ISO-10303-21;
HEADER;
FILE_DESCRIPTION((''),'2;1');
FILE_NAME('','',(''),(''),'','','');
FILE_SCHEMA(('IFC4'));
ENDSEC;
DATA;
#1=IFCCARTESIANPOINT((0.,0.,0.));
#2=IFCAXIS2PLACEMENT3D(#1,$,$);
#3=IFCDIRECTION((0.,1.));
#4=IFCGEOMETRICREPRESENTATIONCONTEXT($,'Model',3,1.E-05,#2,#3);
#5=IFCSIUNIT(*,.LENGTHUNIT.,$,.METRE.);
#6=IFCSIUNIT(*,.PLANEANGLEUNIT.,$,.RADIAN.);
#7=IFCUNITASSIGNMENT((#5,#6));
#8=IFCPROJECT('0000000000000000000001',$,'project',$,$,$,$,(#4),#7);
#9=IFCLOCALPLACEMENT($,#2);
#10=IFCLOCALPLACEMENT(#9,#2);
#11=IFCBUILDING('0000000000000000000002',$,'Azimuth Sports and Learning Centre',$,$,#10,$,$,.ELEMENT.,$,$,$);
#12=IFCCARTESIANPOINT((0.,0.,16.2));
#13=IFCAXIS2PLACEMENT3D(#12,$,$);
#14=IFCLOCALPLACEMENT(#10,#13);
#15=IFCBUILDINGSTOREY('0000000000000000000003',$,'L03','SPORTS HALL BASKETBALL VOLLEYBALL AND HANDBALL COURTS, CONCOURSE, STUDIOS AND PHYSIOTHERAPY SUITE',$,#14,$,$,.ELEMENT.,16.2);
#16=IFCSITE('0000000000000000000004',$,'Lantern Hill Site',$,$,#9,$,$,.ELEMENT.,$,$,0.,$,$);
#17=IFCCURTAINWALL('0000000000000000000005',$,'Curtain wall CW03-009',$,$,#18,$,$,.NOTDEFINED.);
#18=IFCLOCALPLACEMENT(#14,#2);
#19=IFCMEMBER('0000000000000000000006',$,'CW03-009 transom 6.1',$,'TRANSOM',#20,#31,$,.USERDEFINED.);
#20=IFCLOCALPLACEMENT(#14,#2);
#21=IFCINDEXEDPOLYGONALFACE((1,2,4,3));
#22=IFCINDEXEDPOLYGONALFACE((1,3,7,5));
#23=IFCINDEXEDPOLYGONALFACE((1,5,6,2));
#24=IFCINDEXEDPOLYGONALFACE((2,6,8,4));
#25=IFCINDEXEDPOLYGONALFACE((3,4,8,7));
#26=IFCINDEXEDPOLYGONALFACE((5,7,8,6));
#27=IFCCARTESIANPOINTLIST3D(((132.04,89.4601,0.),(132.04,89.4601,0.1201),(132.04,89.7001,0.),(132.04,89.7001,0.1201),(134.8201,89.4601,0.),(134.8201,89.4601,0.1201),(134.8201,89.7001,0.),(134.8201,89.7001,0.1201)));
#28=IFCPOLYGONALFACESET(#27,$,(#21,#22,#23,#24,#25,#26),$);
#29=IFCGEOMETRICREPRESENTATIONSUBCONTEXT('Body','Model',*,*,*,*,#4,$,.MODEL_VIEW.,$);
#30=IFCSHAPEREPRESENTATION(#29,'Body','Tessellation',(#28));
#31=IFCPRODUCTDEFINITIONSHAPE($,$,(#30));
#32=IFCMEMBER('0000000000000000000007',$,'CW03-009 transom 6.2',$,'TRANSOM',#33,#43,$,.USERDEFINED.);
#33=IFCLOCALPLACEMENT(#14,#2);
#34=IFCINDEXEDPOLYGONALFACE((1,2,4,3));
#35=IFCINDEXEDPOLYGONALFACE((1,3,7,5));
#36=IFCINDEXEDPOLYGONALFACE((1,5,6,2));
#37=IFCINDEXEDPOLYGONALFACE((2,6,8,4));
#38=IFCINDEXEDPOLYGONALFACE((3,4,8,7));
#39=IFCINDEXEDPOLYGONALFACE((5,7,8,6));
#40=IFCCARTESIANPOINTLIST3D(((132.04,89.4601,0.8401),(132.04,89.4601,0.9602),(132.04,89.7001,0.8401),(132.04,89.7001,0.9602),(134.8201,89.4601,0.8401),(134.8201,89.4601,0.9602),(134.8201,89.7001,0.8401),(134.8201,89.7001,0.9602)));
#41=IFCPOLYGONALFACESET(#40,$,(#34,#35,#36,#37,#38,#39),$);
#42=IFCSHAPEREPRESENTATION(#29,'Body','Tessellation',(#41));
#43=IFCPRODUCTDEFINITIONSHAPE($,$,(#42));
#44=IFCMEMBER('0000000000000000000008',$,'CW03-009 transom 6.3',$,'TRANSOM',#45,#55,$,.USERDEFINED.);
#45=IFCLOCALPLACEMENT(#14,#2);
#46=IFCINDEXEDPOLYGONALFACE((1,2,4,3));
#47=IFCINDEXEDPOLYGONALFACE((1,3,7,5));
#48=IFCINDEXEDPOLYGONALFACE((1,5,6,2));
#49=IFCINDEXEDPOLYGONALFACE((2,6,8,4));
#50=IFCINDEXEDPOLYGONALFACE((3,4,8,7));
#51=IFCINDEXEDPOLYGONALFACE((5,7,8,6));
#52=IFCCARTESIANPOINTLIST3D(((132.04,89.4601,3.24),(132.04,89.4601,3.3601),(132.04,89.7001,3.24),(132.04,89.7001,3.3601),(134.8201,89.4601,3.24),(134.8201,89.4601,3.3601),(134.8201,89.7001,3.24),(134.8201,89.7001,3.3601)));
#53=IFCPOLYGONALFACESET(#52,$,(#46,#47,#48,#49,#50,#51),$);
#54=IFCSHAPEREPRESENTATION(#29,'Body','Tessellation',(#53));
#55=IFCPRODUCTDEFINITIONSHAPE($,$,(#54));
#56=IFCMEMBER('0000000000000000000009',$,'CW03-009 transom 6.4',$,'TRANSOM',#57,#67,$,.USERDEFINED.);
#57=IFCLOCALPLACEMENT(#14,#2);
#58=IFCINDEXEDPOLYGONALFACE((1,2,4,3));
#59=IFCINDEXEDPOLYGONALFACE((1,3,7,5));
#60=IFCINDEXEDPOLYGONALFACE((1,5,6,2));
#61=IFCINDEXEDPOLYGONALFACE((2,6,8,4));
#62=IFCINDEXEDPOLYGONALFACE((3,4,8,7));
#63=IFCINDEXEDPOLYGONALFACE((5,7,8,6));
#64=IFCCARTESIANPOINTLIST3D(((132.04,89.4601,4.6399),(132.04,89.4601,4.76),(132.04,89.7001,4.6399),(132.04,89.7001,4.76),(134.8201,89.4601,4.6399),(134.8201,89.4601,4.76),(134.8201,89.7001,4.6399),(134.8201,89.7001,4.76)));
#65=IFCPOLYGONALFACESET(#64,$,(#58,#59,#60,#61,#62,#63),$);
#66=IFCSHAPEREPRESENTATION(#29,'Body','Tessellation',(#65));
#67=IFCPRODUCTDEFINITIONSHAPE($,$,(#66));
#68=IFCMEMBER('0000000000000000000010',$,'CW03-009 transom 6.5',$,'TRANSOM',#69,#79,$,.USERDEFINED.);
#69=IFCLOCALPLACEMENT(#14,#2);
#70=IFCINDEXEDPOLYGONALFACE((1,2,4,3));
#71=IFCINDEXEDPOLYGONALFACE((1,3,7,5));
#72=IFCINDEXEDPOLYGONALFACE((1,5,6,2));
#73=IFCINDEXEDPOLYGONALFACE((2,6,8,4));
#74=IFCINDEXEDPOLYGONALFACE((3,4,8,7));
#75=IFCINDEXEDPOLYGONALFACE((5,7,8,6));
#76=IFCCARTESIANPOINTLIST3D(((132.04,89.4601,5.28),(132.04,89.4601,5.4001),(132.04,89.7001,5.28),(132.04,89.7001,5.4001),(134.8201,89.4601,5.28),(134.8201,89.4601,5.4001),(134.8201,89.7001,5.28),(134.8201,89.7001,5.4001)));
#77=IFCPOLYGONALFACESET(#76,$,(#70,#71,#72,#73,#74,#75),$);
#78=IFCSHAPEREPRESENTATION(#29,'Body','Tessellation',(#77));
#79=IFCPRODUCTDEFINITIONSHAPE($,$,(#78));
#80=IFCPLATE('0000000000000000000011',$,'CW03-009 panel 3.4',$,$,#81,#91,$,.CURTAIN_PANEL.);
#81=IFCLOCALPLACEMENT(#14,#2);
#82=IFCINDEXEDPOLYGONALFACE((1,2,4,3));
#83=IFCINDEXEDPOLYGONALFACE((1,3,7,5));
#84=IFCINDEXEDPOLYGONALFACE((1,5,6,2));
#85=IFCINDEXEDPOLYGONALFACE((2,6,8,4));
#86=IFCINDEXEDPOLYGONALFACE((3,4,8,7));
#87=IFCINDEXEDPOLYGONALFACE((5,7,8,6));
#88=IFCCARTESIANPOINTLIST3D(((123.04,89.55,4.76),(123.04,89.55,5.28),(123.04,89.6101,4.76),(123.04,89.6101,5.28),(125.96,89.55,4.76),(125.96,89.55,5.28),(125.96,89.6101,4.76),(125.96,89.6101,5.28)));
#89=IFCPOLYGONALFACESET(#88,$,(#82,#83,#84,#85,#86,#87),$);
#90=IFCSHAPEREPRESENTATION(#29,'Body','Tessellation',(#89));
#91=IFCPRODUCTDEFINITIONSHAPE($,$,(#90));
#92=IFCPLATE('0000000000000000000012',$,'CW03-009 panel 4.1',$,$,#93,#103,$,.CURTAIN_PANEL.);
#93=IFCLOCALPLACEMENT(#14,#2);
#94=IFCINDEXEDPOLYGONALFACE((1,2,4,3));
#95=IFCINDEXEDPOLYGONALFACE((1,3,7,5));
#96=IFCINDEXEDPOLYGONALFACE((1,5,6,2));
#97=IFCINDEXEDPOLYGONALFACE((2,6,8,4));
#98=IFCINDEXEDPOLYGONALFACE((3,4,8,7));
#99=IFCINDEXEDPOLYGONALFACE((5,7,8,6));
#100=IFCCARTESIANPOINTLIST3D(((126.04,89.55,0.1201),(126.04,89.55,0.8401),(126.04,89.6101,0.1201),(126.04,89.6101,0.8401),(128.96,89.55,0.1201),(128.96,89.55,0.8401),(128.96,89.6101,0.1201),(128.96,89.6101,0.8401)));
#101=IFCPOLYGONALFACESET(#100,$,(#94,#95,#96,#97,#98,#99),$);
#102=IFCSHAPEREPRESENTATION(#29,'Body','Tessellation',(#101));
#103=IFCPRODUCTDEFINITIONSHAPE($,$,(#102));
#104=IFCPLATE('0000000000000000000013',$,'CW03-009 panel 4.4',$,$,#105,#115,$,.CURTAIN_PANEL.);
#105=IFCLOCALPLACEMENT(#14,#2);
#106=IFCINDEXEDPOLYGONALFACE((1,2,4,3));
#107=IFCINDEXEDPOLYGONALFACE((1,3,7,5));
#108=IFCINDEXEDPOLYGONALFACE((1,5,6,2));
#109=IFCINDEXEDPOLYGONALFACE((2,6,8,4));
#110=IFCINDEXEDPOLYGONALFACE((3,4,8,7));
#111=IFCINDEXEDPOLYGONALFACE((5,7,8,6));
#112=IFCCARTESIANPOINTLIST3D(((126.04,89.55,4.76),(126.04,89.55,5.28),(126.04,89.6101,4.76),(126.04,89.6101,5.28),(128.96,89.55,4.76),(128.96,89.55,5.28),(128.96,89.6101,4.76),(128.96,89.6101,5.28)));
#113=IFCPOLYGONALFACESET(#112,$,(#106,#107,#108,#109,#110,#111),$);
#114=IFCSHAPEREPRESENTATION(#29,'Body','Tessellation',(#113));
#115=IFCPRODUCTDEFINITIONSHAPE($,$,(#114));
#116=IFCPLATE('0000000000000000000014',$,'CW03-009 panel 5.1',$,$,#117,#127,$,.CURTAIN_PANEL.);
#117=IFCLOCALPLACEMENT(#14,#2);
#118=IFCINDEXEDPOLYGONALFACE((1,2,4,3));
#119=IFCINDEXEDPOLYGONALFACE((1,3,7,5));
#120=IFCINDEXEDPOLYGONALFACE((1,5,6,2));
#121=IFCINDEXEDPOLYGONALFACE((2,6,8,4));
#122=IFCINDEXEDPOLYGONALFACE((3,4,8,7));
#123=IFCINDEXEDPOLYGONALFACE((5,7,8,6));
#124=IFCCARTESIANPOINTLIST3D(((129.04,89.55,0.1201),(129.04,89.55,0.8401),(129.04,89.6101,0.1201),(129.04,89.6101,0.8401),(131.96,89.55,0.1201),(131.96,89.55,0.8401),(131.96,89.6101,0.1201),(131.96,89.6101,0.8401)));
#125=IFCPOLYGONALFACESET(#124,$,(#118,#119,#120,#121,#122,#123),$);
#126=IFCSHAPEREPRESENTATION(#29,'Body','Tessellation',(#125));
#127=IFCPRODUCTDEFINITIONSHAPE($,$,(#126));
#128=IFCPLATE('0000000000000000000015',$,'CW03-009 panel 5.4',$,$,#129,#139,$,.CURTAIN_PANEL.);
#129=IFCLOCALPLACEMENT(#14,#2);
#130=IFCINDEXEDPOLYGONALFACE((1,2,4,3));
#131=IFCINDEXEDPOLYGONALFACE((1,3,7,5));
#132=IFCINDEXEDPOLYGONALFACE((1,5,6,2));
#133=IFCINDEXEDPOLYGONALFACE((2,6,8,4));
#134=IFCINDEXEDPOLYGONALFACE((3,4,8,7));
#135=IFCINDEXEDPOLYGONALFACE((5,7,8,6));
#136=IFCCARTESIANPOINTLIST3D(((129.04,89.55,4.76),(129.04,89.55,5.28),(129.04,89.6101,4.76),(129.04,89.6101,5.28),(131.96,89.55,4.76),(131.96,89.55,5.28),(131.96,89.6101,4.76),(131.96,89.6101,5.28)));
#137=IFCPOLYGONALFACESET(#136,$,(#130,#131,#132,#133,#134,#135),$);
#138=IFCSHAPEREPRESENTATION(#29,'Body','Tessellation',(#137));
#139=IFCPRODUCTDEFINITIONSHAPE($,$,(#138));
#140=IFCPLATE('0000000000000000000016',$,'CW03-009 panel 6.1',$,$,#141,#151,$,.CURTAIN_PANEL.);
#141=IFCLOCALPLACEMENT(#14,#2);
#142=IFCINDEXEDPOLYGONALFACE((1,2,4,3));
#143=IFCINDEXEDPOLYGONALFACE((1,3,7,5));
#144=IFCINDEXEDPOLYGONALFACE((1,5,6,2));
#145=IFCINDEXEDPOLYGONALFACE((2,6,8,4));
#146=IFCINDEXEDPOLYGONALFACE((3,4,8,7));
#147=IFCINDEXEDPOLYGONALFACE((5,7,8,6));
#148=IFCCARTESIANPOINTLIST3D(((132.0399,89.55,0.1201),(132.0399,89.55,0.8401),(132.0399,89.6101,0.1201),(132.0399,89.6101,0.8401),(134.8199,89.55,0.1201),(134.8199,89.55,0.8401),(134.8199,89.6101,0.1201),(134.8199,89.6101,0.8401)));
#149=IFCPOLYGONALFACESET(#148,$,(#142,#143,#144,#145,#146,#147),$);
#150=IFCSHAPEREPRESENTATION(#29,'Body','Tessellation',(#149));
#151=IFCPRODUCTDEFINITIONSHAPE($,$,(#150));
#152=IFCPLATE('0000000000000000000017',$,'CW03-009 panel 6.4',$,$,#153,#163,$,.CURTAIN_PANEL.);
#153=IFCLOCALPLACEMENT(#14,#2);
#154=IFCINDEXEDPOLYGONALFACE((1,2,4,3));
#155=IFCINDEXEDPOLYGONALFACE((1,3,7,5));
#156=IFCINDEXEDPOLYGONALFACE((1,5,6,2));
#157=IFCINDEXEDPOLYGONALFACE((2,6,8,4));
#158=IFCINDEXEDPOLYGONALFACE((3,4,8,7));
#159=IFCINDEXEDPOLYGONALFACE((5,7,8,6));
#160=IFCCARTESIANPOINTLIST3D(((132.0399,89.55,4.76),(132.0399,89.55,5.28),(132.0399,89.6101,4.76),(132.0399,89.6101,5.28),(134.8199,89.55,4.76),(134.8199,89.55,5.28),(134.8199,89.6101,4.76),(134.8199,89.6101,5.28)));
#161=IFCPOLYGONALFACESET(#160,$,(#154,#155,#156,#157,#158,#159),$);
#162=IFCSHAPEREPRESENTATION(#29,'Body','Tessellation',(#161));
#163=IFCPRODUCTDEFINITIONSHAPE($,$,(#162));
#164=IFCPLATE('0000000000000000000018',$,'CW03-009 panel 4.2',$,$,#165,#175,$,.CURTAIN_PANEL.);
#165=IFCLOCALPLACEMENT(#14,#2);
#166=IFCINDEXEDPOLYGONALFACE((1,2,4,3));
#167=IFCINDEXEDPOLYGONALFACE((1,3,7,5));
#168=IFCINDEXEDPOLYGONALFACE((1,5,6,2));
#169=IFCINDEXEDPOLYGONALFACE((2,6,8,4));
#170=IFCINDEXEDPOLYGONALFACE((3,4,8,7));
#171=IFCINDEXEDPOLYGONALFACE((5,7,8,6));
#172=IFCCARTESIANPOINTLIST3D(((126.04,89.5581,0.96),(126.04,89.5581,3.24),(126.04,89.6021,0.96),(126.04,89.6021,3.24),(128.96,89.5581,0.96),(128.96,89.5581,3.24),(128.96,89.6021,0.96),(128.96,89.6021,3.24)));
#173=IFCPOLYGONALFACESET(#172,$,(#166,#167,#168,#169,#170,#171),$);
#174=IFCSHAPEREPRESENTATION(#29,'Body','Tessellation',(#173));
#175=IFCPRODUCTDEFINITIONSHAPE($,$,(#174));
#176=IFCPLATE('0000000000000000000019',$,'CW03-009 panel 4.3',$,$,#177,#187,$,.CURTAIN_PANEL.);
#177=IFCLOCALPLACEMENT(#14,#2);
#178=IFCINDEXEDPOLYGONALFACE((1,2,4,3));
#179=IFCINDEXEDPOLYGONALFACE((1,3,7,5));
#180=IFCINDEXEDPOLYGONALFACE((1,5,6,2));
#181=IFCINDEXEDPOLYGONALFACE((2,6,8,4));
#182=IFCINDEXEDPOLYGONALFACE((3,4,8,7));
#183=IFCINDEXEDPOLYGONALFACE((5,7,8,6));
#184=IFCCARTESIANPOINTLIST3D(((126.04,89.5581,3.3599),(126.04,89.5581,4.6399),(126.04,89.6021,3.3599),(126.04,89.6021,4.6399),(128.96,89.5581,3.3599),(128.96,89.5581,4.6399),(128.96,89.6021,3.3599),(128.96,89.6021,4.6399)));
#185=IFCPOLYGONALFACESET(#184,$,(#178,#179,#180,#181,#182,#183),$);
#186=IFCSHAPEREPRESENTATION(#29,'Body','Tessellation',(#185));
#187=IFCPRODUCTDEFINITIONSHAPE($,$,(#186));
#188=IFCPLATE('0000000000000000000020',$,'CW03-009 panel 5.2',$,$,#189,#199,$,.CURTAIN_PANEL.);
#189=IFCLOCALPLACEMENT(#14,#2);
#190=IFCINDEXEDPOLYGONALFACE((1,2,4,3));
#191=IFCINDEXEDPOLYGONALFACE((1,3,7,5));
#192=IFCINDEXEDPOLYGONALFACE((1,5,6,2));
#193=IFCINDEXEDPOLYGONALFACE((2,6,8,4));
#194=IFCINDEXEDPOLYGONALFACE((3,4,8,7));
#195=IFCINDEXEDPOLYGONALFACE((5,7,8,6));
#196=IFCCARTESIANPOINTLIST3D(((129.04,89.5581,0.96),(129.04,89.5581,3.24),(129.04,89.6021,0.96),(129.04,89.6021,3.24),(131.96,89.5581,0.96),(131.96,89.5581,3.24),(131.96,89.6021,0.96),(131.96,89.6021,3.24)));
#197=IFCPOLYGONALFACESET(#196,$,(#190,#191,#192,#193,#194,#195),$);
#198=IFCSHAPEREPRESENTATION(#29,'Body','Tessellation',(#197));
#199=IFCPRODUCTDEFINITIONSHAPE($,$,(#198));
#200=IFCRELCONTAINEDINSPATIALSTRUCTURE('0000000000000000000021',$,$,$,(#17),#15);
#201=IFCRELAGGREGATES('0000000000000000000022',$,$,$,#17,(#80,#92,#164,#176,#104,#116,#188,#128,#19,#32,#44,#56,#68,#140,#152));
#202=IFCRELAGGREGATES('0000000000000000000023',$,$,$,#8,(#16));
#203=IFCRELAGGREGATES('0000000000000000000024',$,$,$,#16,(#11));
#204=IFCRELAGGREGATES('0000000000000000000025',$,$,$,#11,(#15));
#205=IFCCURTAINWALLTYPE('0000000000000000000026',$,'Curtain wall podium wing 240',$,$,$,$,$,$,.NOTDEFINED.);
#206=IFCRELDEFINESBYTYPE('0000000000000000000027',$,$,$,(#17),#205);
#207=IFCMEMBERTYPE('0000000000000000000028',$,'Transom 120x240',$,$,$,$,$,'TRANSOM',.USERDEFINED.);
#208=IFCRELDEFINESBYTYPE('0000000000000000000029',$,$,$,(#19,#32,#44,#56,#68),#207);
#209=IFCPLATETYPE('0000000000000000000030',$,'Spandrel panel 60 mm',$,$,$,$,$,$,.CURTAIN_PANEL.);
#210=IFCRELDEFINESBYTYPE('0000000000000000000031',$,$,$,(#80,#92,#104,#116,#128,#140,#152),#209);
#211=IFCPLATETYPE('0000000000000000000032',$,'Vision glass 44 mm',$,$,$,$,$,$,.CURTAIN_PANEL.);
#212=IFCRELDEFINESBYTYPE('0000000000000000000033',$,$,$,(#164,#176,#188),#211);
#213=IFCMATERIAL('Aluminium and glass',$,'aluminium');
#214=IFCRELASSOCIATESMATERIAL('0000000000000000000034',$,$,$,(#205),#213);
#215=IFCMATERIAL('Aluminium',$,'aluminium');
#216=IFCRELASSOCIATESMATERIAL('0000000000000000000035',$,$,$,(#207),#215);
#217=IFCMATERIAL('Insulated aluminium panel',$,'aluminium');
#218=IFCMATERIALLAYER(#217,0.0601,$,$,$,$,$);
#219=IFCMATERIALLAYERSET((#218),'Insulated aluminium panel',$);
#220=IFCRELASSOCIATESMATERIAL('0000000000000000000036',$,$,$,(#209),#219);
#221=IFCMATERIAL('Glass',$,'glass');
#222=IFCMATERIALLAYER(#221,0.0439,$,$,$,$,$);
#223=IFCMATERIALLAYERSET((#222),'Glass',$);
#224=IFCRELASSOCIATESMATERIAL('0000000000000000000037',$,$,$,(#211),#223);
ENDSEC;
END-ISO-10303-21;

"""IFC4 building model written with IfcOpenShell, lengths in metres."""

from ifc_helpers import new_model, si_unit, direction, frame, origin, origin_2d, place, context, subcontext, project, spatial, rectangle, extrude, material, layer, layer_set, material_profile, profile_set, type_object, element, aggregate, save


model = new_model("IFC4")

# Units and contexts
model_context = context("Model", 3, precision=1e-05, world=origin(), true_north=direction((0.0, 1.0)))
body_context = subcontext(model_context, "Body", "Model", "MODEL_VIEW")
ifc_project = project(units=[si_unit("LENGTHUNIT", "METRE"), si_unit("PLANEANGLEUNIT", "RADIAN")], contexts=[model_context])

# Site, building, storey
site_placement = place(None, origin())
site = spatial("IfcSite", under=ifc_project, at=site_placement, Name="Lantern Hill Site", CompositionType="ELEMENT", RefElevation=0.0)
building_placement = place(site_placement, origin())
building = spatial("IfcBuilding", under=site, at=building_placement, Name="Azimuth Sports and Learning Centre", CompositionType="ELEMENT")
storey_placement = place(building_placement, frame((0.0, 0.0, 16.2)))
storey = spatial("IfcBuildingStorey", under=building, at=storey_placement, Name="L03", Description="SPORTS HALL BASKETBALL VOLLEYBALL AND HANDBALL COURTS, CONCOURSE, STUDIOS AND PHYSIOTHERAPY SUITE", CompositionType="ELEMENT", Elevation=16.2)

# Curtain wall
ifc_material_1 = material(Name="Aluminium and glass", Category="aluminium")
curtain_wall_type = type_object("IfcCurtainWallType", Name="Curtain wall podium wing 240", PredefinedType="NOTDEFINED", material=ifc_material_1)
curtain_wall_1_placement = place(storey_placement, origin())
curtain_wall_1 = element("IfcCurtainWall", 1, at=curtain_wall_1_placement, inside=storey, type_object=curtain_wall_type, Name="Curtain wall CW03-009", PredefinedType="NOTDEFINED")

# Members
ifc_material_2 = material(Name="Aluminium", Category="aluminium")
ifc_material_profile_1 = material_profile(ifc_material_2, rectangle(XDim=0.24, YDim=0.1201, at=origin_2d()), Name="Transom 120x240")
ifc_profile_set_1 = profile_set([ifc_material_profile_1], Name="Aluminium")
member_type_1 = type_object("IfcMemberType", Name="Transom 120x240", ElementType="TRANSOM", PredefinedType="USERDEFINED", material=ifc_profile_set_1)
member_1_placement = place(storey_placement, frame((132.04, 89.5801, 0.0601), z_axis=(1.0, 0.0, 0.0), x_axis=(0.0, 1.0, 0.0)))
member_1 = element("IfcMember", 2, at=member_1_placement, type_object=member_type_1, Name="CW03-009 transom 6.1", ObjectType="TRANSOM", PredefinedType="USERDEFINED", context=body_context, shape_type="SweptSolid", body=[
    extrude(rectangle(XDim=0.24, YDim=0.1201, at=origin_2d()), origin(), (0.0, 0.0, 1.0), 2.78),
])
member_2_placement = place(storey_placement, frame((132.04, 89.5801, 0.9001), z_axis=(1.0, 0.0, 0.0), x_axis=(0.0, 1.0, 0.0)))
member_2 = element("IfcMember", 3, at=member_2_placement, type_object=member_type_1, Name="CW03-009 transom 6.2", ObjectType="TRANSOM", PredefinedType="USERDEFINED", context=body_context, shape_type="SweptSolid", body=[
    extrude(rectangle(XDim=0.24, YDim=0.1201, at=origin_2d()), origin(), (0.0, 0.0, 1.0), 2.78),
])
member_3_placement = place(storey_placement, frame((132.04, 89.5801, 3.3), z_axis=(1.0, 0.0, 0.0), x_axis=(0.0, 1.0, 0.0)))
member_3 = element("IfcMember", 4, at=member_3_placement, type_object=member_type_1, Name="CW03-009 transom 6.3", ObjectType="TRANSOM", PredefinedType="USERDEFINED", context=body_context, shape_type="SweptSolid", body=[
    extrude(rectangle(XDim=0.24, YDim=0.1201, at=origin_2d()), origin(), (0.0, 0.0, 1.0), 2.78),
])
member_4_placement = place(storey_placement, frame((132.04, 89.5801, 4.7), z_axis=(1.0, 0.0, 0.0), x_axis=(0.0, 1.0, 0.0)))
member_4 = element("IfcMember", 5, at=member_4_placement, type_object=member_type_1, Name="CW03-009 transom 6.4", ObjectType="TRANSOM", PredefinedType="USERDEFINED", context=body_context, shape_type="SweptSolid", body=[
    extrude(rectangle(XDim=0.24, YDim=0.1201, at=origin_2d()), origin(), (0.0, 0.0, 1.0), 2.78),
])
member_5_placement = place(storey_placement, frame((132.04, 89.5801, 5.3401), z_axis=(1.0, 0.0, 0.0), x_axis=(0.0, 1.0, 0.0)))
member_5 = element("IfcMember", 6, at=member_5_placement, type_object=member_type_1, Name="CW03-009 transom 6.5", ObjectType="TRANSOM", PredefinedType="USERDEFINED", context=body_context, shape_type="SweptSolid", body=[
    extrude(rectangle(XDim=0.24, YDim=0.1201, at=origin_2d()), origin(), (0.0, 0.0, 1.0), 2.78),
])

# Plates
ifc_material_3 = material(Name="Insulated aluminium panel", Category="aluminium")
ifc_layer_1 = layer(ifc_material_3, 0.0601)
ifc_layer_set_1 = layer_set([ifc_layer_1], Name="Insulated aluminium panel")
plate_type_1 = type_object("IfcPlateType", Name="Spandrel panel 60 mm", PredefinedType="CURTAIN_PANEL", material=ifc_layer_set_1)
plate_1_placement = place(storey_placement, frame((124.5, 89.5801, 4.76), z_axis=(0.0, 0.0, 1.0), x_axis=(1.0, 0.0, 0.0)))
plate_1 = element("IfcPlate", 7, at=plate_1_placement, type_object=plate_type_1, Name="CW03-009 panel 3.4", PredefinedType="CURTAIN_PANEL", context=body_context, shape_type="SweptSolid", body=[
    extrude(rectangle(XDim=2.9199, YDim=0.0601, at=origin_2d()), origin(), (0.0, 0.0, 1.0), 0.52),
])
plate_2_placement = place(storey_placement, frame((127.5, 89.5801, 0.1201), z_axis=(0.0, 0.0, 1.0), x_axis=(1.0, 0.0, 0.0)))
plate_2 = element("IfcPlate", 8, at=plate_2_placement, type_object=plate_type_1, Name="CW03-009 panel 4.1", PredefinedType="CURTAIN_PANEL", context=body_context, shape_type="SweptSolid", body=[
    extrude(rectangle(XDim=2.9199, YDim=0.0601, at=origin_2d()), origin(), (0.0, 0.0, 1.0), 0.72),
])
plate_3_placement = place(storey_placement, frame((127.5, 89.5801, 4.76), z_axis=(0.0, 0.0, 1.0), x_axis=(1.0, 0.0, 0.0)))
plate_3 = element("IfcPlate", 9, at=plate_3_placement, type_object=plate_type_1, Name="CW03-009 panel 4.4", PredefinedType="CURTAIN_PANEL", context=body_context, shape_type="SweptSolid", body=[
    extrude(rectangle(XDim=2.9199, YDim=0.0601, at=origin_2d()), origin(), (0.0, 0.0, 1.0), 0.52),
])
plate_4_placement = place(storey_placement, frame((130.5, 89.5801, 0.1201), z_axis=(0.0, 0.0, 1.0), x_axis=(1.0, 0.0, 0.0)))
plate_4 = element("IfcPlate", 10, at=plate_4_placement, type_object=plate_type_1, Name="CW03-009 panel 5.1", PredefinedType="CURTAIN_PANEL", context=body_context, shape_type="SweptSolid", body=[
    extrude(rectangle(XDim=2.9199, YDim=0.0601, at=origin_2d()), origin(), (0.0, 0.0, 1.0), 0.72),
])
plate_5_placement = place(storey_placement, frame((130.5, 89.5801, 4.76), z_axis=(0.0, 0.0, 1.0), x_axis=(1.0, 0.0, 0.0)))
plate_5 = element("IfcPlate", 11, at=plate_5_placement, type_object=plate_type_1, Name="CW03-009 panel 5.4", PredefinedType="CURTAIN_PANEL", context=body_context, shape_type="SweptSolid", body=[
    extrude(rectangle(XDim=2.9199, YDim=0.0601, at=origin_2d()), origin(), (0.0, 0.0, 1.0), 0.52),
])
plate_6_placement = place(storey_placement, frame((133.4299, 89.5801, 0.1201), z_axis=(0.0, 0.0, 1.0), x_axis=(1.0, 0.0, 0.0)))
plate_6 = element("IfcPlate", 12, at=plate_6_placement, type_object=plate_type_1, Name="CW03-009 panel 6.1", PredefinedType="CURTAIN_PANEL", context=body_context, shape_type="SweptSolid", body=[
    extrude(rectangle(XDim=2.78, YDim=0.0601, at=origin_2d()), origin(), (0.0, 0.0, 1.0), 0.72),
])
plate_7_placement = place(storey_placement, frame((133.4299, 89.5801, 4.76), z_axis=(0.0, 0.0, 1.0), x_axis=(1.0, 0.0, 0.0)))
plate_7 = element("IfcPlate", 13, at=plate_7_placement, type_object=plate_type_1, Name="CW03-009 panel 6.4", PredefinedType="CURTAIN_PANEL", context=body_context, shape_type="SweptSolid", body=[
    extrude(rectangle(XDim=2.78, YDim=0.0601, at=origin_2d()), origin(), (0.0, 0.0, 1.0), 0.52),
])
ifc_material_4 = material(Name="Glass", Category="glass")
ifc_layer_2 = layer(ifc_material_4, 0.0439)
ifc_layer_set_2 = layer_set([ifc_layer_2], Name="Glass")
plate_type_2 = type_object("IfcPlateType", Name="Vision glass 44 mm", PredefinedType="CURTAIN_PANEL", material=ifc_layer_set_2)
plate_8_placement = place(storey_placement, frame((127.5, 89.5801, 0.96), z_axis=(0.0, 0.0, 1.0), x_axis=(1.0, 0.0, 0.0)))
plate_8 = element("IfcPlate", 14, at=plate_8_placement, type_object=plate_type_2, Name="CW03-009 panel 4.2", PredefinedType="CURTAIN_PANEL", context=body_context, shape_type="SweptSolid", body=[
    extrude(rectangle(XDim=2.9199, YDim=0.0439, at=origin_2d()), origin(), (0.0, 0.0, 1.0), 2.28),
])
plate_9_placement = place(storey_placement, frame((127.5, 89.5801, 3.3599), z_axis=(0.0, 0.0, 1.0), x_axis=(1.0, 0.0, 0.0)))
plate_9 = element("IfcPlate", 15, at=plate_9_placement, type_object=plate_type_2, Name="CW03-009 panel 4.3", PredefinedType="CURTAIN_PANEL", context=body_context, shape_type="SweptSolid", body=[
    extrude(rectangle(XDim=2.9199, YDim=0.0439, at=origin_2d()), origin(), (0.0, 0.0, 1.0), 1.28),
])
plate_10_placement = place(storey_placement, frame((130.5, 89.5801, 0.96), z_axis=(0.0, 0.0, 1.0), x_axis=(1.0, 0.0, 0.0)))
plate_10 = element("IfcPlate", 16, at=plate_10_placement, type_object=plate_type_2, Name="CW03-009 panel 5.2", PredefinedType="CURTAIN_PANEL", context=body_context, shape_type="SweptSolid", body=[
    extrude(rectangle(XDim=2.9199, YDim=0.0439, at=origin_2d()), origin(), (0.0, 0.0, 1.0), 2.28),
])
aggregate(curtain_wall_1, [plate_1, plate_2, plate_8, plate_9, plate_3, plate_4, plate_10, plate_5, member_1, member_2, member_3, member_4, member_5, plate_6, plate_7])

save(model, "model.ifc")
